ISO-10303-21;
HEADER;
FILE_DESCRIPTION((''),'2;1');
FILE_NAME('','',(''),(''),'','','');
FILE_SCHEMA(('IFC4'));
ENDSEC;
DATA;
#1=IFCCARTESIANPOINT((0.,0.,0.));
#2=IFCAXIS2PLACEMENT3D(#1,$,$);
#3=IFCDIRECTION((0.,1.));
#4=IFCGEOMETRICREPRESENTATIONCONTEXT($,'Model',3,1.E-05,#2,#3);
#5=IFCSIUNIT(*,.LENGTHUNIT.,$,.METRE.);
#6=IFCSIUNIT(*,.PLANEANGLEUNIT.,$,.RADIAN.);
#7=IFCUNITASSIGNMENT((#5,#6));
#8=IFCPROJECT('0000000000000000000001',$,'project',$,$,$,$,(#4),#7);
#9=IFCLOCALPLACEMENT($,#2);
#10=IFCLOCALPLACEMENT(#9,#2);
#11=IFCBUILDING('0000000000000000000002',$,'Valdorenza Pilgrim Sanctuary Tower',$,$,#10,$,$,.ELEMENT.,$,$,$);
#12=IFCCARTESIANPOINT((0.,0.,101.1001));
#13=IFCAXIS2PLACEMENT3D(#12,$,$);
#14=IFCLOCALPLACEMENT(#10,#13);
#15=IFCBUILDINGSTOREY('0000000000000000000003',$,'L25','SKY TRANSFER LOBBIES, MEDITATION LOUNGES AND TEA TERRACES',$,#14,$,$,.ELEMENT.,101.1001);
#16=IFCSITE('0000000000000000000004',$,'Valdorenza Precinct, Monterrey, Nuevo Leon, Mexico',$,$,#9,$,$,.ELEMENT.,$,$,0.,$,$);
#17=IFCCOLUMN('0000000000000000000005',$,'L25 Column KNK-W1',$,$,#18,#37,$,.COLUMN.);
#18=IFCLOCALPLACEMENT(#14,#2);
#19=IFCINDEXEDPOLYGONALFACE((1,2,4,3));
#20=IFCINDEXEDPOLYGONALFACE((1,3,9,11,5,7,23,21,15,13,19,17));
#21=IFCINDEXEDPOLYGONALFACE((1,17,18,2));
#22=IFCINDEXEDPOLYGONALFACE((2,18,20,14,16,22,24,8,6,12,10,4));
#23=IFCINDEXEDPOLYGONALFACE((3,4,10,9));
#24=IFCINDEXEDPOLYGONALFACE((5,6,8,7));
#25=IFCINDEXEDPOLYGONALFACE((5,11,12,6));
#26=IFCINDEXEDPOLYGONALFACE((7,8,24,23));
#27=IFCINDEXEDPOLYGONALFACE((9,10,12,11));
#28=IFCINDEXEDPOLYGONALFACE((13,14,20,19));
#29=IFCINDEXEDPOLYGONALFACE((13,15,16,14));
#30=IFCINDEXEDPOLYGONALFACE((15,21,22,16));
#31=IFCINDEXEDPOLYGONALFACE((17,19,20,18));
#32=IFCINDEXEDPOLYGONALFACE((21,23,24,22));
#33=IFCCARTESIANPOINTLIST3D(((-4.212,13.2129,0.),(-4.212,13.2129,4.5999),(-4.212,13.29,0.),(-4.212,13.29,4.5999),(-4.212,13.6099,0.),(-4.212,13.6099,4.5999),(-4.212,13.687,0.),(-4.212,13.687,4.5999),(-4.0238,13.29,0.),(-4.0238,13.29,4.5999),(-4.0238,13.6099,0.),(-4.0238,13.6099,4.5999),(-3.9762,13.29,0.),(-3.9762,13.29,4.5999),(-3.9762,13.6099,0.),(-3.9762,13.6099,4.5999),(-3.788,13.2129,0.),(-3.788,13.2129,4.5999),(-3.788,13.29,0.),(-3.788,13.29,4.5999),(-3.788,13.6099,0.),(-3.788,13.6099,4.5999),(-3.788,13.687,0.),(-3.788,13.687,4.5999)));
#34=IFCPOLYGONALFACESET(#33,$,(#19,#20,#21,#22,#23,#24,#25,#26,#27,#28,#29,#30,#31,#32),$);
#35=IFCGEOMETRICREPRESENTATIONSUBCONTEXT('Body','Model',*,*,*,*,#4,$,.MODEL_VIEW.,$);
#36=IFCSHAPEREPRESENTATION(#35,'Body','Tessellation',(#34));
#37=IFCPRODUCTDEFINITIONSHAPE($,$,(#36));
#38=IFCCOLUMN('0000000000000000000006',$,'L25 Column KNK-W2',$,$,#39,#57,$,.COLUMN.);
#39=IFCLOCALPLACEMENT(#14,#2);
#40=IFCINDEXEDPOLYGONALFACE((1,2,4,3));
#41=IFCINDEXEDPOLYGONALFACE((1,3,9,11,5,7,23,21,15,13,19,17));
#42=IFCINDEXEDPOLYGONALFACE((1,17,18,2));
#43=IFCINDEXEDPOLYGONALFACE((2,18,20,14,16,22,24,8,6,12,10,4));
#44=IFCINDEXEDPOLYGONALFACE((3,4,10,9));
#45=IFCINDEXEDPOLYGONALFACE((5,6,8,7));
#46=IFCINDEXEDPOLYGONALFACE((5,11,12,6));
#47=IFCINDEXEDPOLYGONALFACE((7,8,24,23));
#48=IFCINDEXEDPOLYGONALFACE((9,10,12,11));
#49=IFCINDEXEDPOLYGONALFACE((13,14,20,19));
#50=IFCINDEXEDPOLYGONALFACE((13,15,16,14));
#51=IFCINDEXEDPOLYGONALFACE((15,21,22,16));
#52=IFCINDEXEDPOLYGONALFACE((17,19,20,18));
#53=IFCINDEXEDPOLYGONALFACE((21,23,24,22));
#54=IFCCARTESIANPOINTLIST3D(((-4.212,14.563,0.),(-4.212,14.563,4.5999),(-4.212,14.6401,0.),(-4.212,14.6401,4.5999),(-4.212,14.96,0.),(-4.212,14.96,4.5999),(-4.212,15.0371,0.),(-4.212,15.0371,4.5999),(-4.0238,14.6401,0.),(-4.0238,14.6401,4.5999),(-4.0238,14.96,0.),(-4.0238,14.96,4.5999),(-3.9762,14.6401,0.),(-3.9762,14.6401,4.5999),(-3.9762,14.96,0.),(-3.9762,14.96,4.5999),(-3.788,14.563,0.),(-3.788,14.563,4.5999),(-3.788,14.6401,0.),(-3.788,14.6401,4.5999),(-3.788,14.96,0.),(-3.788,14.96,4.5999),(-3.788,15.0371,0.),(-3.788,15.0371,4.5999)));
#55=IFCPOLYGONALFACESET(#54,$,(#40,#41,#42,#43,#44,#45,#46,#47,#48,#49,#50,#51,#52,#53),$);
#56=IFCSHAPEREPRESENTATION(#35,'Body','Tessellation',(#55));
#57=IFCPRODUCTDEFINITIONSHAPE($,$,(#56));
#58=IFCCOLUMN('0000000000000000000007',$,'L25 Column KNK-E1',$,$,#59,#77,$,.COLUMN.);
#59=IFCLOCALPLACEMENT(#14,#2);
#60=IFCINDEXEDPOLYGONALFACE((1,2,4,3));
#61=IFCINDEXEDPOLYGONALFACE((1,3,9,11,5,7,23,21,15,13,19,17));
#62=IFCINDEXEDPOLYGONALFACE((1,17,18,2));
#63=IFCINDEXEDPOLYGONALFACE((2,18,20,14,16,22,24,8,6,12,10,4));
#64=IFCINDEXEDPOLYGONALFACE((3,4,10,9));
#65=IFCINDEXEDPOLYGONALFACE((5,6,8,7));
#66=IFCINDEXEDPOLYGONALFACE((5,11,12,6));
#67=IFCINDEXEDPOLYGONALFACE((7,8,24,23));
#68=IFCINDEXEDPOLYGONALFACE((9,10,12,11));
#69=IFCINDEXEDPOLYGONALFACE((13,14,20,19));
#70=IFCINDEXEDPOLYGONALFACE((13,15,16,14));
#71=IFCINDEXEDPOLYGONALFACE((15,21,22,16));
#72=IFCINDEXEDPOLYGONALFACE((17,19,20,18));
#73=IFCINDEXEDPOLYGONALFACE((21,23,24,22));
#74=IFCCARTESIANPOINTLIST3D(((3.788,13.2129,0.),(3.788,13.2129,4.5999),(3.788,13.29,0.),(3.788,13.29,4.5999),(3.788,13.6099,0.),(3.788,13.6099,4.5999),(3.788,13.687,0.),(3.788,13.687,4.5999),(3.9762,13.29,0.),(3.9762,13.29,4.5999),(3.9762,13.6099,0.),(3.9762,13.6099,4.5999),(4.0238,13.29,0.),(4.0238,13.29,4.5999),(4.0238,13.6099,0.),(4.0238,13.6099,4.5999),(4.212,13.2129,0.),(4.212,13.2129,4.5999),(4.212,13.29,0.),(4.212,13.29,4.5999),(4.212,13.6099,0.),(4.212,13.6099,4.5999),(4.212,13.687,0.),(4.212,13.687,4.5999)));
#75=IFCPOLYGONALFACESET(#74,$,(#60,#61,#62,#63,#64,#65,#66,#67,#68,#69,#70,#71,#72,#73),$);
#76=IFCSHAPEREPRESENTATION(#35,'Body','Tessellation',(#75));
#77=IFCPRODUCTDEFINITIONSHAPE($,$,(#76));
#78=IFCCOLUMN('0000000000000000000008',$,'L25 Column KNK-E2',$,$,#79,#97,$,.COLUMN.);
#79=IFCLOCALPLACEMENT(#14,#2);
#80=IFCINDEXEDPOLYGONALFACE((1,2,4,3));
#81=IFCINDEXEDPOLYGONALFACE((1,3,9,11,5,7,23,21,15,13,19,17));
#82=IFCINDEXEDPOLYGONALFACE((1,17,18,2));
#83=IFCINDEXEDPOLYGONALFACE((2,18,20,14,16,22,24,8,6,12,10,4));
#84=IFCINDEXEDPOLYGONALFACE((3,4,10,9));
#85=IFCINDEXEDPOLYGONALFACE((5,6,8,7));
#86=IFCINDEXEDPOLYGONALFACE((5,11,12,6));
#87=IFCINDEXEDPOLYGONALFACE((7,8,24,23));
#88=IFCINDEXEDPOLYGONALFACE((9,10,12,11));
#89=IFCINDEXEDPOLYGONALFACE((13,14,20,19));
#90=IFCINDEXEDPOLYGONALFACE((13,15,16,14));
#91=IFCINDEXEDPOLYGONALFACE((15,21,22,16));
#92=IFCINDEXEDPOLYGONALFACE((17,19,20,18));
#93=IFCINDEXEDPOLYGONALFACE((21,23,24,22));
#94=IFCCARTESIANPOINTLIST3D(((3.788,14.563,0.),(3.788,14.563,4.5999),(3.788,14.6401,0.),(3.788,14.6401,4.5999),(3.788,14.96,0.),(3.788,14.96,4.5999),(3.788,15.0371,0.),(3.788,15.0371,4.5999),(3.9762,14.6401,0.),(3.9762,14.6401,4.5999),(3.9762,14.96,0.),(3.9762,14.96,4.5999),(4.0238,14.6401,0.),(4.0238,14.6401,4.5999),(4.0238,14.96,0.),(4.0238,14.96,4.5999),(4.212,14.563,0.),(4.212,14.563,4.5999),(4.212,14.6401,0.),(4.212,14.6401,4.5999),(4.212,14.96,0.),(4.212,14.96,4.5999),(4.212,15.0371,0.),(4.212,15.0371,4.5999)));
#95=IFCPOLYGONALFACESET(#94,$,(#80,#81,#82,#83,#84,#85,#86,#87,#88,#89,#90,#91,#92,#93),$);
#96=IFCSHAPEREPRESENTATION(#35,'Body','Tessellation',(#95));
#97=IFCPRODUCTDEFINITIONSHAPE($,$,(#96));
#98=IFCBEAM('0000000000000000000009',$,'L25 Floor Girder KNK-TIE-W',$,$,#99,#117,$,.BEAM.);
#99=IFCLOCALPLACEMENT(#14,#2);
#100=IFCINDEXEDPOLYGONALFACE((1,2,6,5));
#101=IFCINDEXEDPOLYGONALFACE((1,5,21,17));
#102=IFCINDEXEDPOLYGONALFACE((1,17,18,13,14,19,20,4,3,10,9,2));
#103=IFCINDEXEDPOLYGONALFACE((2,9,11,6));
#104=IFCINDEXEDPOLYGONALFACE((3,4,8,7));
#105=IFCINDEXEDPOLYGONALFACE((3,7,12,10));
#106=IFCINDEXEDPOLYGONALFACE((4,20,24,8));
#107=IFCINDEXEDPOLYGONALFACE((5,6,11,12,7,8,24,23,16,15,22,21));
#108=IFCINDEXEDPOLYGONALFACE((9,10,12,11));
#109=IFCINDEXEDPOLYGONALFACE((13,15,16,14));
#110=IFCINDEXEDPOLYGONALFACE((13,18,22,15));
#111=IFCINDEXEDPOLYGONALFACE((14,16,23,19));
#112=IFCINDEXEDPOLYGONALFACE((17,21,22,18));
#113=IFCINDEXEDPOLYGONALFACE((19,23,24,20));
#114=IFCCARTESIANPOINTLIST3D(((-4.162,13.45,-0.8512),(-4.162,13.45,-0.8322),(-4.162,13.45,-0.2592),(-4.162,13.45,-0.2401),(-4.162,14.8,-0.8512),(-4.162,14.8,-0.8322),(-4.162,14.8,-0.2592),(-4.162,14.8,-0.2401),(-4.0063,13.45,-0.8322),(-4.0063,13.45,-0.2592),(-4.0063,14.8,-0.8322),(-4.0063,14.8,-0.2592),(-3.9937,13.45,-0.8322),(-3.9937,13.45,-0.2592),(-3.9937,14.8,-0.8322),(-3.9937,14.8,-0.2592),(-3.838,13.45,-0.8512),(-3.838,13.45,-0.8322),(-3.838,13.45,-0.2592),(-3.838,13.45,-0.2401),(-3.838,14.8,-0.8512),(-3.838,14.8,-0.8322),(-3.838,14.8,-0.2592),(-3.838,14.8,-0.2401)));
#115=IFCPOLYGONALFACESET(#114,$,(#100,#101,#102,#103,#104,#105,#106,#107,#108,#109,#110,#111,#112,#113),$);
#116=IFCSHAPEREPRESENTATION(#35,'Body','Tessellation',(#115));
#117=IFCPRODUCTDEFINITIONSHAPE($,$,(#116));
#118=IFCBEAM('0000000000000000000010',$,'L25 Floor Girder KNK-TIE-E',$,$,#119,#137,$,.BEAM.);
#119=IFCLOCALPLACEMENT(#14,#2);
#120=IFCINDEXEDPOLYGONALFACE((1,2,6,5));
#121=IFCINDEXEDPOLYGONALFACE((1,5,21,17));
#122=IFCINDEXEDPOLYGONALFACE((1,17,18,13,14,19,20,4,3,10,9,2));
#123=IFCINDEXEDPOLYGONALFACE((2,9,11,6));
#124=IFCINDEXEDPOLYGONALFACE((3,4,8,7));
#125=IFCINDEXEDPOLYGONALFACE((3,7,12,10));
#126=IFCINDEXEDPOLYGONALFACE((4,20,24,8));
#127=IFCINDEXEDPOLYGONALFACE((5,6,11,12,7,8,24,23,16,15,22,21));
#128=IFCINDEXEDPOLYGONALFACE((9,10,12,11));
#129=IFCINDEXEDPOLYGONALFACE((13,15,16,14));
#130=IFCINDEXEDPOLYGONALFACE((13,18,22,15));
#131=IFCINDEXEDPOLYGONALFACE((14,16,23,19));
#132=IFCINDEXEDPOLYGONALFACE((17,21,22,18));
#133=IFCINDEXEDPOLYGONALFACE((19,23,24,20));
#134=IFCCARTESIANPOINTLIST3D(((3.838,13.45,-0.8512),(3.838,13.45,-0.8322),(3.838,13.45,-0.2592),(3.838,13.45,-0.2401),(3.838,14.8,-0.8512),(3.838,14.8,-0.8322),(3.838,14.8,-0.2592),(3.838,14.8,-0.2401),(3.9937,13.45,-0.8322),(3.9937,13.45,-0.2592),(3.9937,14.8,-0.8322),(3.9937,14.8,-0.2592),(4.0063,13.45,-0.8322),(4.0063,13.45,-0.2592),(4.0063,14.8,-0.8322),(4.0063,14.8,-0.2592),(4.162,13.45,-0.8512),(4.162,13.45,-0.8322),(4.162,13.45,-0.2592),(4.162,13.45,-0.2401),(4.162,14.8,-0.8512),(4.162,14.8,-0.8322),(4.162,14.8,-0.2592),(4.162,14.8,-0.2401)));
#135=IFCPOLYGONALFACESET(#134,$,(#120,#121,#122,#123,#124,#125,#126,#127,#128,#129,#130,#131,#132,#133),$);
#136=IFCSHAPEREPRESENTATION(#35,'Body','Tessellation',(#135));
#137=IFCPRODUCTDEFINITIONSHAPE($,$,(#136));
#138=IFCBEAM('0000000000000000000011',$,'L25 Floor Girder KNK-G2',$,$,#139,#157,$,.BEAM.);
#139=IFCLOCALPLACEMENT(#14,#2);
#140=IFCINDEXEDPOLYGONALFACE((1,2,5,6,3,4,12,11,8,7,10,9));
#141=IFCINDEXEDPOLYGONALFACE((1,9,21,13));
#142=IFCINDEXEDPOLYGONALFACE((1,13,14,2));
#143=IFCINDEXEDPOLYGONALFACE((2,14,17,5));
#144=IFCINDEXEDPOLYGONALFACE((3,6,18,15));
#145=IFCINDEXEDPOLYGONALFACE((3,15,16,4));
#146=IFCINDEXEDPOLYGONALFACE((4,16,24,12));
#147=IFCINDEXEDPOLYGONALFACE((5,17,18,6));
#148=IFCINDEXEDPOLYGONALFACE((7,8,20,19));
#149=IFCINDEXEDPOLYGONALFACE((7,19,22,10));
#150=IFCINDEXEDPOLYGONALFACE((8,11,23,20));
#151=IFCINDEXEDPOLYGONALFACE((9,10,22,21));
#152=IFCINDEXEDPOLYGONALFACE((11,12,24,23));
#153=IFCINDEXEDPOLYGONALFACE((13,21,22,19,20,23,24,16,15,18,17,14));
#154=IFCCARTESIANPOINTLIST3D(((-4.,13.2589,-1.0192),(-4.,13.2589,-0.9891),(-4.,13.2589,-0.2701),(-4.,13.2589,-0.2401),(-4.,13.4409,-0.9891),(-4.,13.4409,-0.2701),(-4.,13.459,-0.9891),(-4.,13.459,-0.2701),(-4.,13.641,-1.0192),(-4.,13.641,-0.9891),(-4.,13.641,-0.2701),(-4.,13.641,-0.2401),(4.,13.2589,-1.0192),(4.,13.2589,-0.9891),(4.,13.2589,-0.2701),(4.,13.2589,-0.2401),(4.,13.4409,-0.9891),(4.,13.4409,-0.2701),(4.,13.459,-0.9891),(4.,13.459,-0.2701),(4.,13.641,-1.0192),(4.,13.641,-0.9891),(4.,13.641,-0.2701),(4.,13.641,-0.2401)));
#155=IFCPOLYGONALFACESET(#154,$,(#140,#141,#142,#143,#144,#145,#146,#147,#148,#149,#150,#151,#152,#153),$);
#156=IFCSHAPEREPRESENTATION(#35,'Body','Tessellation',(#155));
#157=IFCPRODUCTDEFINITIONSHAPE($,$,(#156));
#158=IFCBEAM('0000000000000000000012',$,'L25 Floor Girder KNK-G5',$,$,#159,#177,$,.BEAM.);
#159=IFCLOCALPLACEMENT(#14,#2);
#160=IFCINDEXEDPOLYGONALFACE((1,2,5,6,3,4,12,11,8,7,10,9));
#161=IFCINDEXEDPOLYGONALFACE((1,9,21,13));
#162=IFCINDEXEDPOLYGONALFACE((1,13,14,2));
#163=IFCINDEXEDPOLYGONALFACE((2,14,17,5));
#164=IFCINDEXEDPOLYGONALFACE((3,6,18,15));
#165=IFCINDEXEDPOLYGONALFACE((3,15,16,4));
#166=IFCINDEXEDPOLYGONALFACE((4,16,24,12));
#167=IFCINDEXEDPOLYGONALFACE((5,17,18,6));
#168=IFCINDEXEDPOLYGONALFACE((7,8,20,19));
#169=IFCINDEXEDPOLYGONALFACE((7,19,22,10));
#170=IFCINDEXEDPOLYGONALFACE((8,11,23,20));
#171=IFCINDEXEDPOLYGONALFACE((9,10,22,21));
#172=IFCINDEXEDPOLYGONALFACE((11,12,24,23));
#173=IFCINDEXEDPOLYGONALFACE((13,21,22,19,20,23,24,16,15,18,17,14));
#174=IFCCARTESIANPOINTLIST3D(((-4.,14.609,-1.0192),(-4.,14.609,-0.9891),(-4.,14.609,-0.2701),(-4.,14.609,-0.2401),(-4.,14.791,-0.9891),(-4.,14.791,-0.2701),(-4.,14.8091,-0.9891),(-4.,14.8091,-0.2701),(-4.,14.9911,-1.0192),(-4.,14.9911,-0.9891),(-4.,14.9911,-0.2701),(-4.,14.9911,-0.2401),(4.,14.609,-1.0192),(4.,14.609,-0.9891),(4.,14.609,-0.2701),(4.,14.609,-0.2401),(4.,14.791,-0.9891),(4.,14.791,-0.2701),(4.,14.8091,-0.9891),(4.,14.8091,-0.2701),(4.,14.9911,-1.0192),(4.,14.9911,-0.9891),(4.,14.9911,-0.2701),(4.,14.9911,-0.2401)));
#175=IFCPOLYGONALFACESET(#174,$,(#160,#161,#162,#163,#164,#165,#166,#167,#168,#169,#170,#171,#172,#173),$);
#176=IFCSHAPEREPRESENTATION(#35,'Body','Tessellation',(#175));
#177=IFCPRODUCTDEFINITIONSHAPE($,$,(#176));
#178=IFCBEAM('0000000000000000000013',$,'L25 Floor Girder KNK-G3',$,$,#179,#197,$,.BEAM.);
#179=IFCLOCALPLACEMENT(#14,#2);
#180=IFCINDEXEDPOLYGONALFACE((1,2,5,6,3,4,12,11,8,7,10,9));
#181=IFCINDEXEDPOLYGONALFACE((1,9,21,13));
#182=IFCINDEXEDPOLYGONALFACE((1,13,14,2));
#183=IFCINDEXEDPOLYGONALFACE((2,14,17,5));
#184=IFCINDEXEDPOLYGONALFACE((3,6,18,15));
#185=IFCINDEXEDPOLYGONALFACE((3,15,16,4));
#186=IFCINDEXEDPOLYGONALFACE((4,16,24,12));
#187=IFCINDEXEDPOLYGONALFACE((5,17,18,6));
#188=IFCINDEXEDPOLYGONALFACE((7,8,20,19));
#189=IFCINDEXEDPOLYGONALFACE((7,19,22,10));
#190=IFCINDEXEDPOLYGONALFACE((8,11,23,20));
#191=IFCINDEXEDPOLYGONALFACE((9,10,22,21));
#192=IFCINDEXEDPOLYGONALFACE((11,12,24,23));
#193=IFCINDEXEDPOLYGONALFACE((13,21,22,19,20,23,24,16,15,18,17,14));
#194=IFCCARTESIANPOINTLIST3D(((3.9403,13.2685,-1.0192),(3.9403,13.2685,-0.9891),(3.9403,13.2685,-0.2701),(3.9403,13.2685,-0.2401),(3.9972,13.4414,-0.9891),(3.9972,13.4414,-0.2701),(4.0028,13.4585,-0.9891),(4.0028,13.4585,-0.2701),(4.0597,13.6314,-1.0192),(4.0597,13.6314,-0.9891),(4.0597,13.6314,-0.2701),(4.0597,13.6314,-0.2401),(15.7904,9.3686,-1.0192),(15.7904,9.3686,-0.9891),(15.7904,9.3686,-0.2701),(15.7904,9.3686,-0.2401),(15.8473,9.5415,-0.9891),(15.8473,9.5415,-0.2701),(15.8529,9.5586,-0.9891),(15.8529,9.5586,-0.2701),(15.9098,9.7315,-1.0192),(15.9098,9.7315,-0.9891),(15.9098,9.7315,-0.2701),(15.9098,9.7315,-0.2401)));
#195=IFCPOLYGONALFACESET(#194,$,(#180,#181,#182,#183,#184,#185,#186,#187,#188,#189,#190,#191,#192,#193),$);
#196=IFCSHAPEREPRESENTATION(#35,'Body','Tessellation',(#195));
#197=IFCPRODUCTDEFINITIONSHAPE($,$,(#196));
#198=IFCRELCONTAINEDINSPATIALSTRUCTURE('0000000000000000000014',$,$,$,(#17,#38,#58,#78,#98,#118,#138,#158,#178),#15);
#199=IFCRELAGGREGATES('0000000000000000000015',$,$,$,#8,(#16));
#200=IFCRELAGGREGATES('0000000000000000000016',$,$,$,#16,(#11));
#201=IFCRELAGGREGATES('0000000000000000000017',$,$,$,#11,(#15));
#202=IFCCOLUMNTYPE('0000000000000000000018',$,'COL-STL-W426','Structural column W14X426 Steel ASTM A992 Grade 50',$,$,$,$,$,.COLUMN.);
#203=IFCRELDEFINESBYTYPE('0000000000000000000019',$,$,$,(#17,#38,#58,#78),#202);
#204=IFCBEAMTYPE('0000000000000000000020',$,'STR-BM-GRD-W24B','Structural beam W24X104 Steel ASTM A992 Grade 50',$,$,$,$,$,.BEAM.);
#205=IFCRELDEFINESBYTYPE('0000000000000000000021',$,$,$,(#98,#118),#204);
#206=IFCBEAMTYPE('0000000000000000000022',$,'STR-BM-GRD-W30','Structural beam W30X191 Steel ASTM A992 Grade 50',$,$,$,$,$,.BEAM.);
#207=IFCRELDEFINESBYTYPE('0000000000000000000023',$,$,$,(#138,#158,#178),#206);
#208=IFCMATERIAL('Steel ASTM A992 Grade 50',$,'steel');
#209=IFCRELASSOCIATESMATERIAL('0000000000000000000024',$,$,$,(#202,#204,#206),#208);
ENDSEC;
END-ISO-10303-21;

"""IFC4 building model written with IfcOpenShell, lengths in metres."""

from ifc_helpers import new_model, si_unit, direction, frame, origin, origin_2d, place, context, subcontext, project, spatial, i_section, extrude, source, transform, mapped, material, material_profile, profile_set, type_object, element, save


model = new_model("IFC4")

# Units and contexts
model_context = context("Model", 3, precision=1e-05, world=origin(), true_north=direction((0.0, 1.0)))
body_context = subcontext(model_context, "Body", "Model", "MODEL_VIEW")
ifc_project = project(units=[si_unit("LENGTHUNIT", "METRE"), si_unit("PLANEANGLEUNIT", "RADIAN")], contexts=[model_context])

# Site, building, storey
site_placement = place(None, origin())
site = spatial("IfcSite", under=ifc_project, at=site_placement, Name="Valdorenza Precinct, Monterrey, Nuevo Leon, Mexico", CompositionType="ELEMENT", RefElevation=0.0)
building_placement = place(site_placement, origin())
building = spatial("IfcBuilding", under=site, at=building_placement, Name="Valdorenza Pilgrim Sanctuary Tower", CompositionType="ELEMENT")
storey_placement = place(building_placement, frame((0.0, 0.0, 101.1001)))
storey = spatial("IfcBuildingStorey", under=building, at=storey_placement, Name="L25", Description="SKY TRANSFER LOBBIES, MEDITATION LOUNGES AND TEA TERRACES", CompositionType="ELEMENT", Elevation=101.1001)

# Columns
ifc_material_1 = material(Name="Steel ASTM A992 Grade 50", Category="steel")
ifc_material_profile_1 = material_profile(ifc_material_1, i_section(OverallWidth=0.4241, OverallDepth=0.4741, WebThickness=0.0476, FlangeThickness=0.0771, at=origin_2d()), Name="W14X426")
ifc_profile_set_1 = profile_set([ifc_material_profile_1], Name="Steel ASTM A992 Grade 50")
column_type = type_object("IfcColumnType", Name="COL-STL-W426", Description="Structural column W14X426 Steel ASTM A992 Grade 50", PredefinedType="COLUMN", material=ifc_profile_set_1)
shared_shape_1 = source(origin(), body_context, "Body", "SweptSolid", [
    extrude(i_section(OverallWidth=0.4241, OverallDepth=0.4741, WebThickness=0.0476, FlangeThickness=0.0771, at=origin_2d()), origin(), (0.0, 0.0, 1.0), 4.5999),
])
for number, where, z_axis, x_axis, name in (
    (1, (-4.0, 13.45, 0.0), (0.0, 0.0, 1.0), (1.0, 0.0, 0.0), "L25 Column KNK-W1"),
    (2, (-4.0, 14.8, 0.0), (0.0, 0.0, 1.0), (1.0, 0.0, 0.0), "L25 Column KNK-W2"),
    (3, (4.0, 13.45, 0.0), (0.0, 0.0, 1.0), (1.0, 0.0, 0.0), "L25 Column KNK-E1"),
    (4, (4.0, 14.8, 0.0), (0.0, 0.0, 1.0), (1.0, 0.0, 0.0), "L25 Column KNK-E2"),
):
    element("IfcColumn", number, at=place(storey_placement, frame(where, z_axis=z_axis, x_axis=x_axis)), inside=storey, type_object=column_type, Name=name, PredefinedType="COLUMN", context=body_context, shape_type="MappedRepresentation", body=[
        mapped(shared_shape_1, transform((0.0, 0.0, 0.0), x_axis=(1.0, 0.0, 0.0), y_axis=(0.0, 1.0, 0.0), z_axis=(0.0, 0.0, 1.0), scale=1.0)),
    ])

# Beams
ifc_material_profile_2 = material_profile(ifc_material_1, i_section(OverallWidth=0.324, OverallDepth=0.6111, WebThickness=0.0127, FlangeThickness=0.019, at=origin_2d()), Name="W24X104")
ifc_profile_set_2 = profile_set([ifc_material_profile_2], Name="Steel ASTM A992 Grade 50")
beam_type_1 = type_object("IfcBeamType", Name="STR-BM-GRD-W24B", Description="Structural beam W24X104 Steel ASTM A992 Grade 50", PredefinedType="BEAM", material=ifc_profile_set_2)
shared_shape_2 = source(origin(), body_context, "Body", "SweptSolid", [
    extrude(i_section(OverallWidth=0.324, OverallDepth=0.6111, WebThickness=0.0127, FlangeThickness=0.019, at=origin_2d()), origin(), (0.0, 0.0, 1.0), 1.3501),
])
for number, where, z_axis, x_axis, name in (
    (5, (-4.0, 13.45, -0.5457), (0.0, 1.0, 0.0), (-1.0, 0.0, 0.0), "L25 Floor Girder KNK-TIE-W"),
    (6, (4.0, 13.45, -0.5457), (0.0, 1.0, 0.0), (-1.0, 0.0, 0.0), "L25 Floor Girder KNK-TIE-E"),
):
    element("IfcBeam", number, at=place(storey_placement, frame(where, z_axis=z_axis, x_axis=x_axis)), inside=storey, type_object=beam_type_1, Name=name, PredefinedType="BEAM", context=body_context, shape_type="MappedRepresentation", body=[
        mapped(shared_shape_2, transform((0.0, 0.0, 0.0), x_axis=(1.0, 0.0, 0.0), y_axis=(0.0, 1.0, 0.0), z_axis=(0.0, 0.0, 1.0), scale=1.0)),
    ])
ifc_material_profile_3 = material_profile(ifc_material_1, i_section(OverallWidth=0.3821, OverallDepth=0.7791, WebThickness=0.0181, FlangeThickness=0.03, at=origin_2d()), Name="W30X191")
ifc_profile_set_3 = profile_set([ifc_material_profile_3], Name="Steel ASTM A992 Grade 50")
beam_type_2 = type_object("IfcBeamType", Name="STR-BM-GRD-W30", Description="Structural beam W30X191 Steel ASTM A992 Grade 50", PredefinedType="BEAM", material=ifc_profile_set_3)
shared_shape_3 = source(origin(), body_context, "Body", "SweptSolid", [
    extrude(i_section(OverallWidth=0.3821, OverallDepth=0.7791, WebThickness=0.0181, FlangeThickness=0.03, at=origin_2d()), origin(), (0.0, 0.0, 1.0), 8.0),
])
for number, where, z_axis, x_axis, name in (
    (7, (-4.0, 13.45, -0.6296), (1.0, 0.0, 0.0), (0.0, 1.0, 0.0), "L25 Floor Girder KNK-G2"),
    (8, (-4.0, 14.8, -0.6296), (1.0, 0.0, 0.0), (0.0, 1.0, 0.0), "L25 Floor Girder KNK-G5"),
):
    element("IfcBeam", number, at=place(storey_placement, frame(where, z_axis=z_axis, x_axis=x_axis)), inside=storey, type_object=beam_type_2, Name=name, PredefinedType="BEAM", context=body_context, shape_type="MappedRepresentation", body=[
        mapped(shared_shape_3, transform((0.0, 0.0, 0.0), x_axis=(1.0, 0.0, 0.0), y_axis=(0.0, 1.0, 0.0), z_axis=(0.0, 0.0, 1.0), scale=1.0)),
    ])
shared_shape_4 = source(origin(), body_context, "Body", "SweptSolid", [
    extrude(i_section(OverallWidth=0.3821, OverallDepth=0.7791, WebThickness=0.0181, FlangeThickness=0.03, at=origin_2d()), origin(), (0.0, 0.0, 1.0), 12.4753),
])
beam_1_placement = place(storey_placement, frame((4.0, 13.45, -0.6296), z_axis=(0.949882, -0.312609, 0.0), x_axis=(0.312609, 0.949882, 0.0)))
element("IfcBeam", 9, at=beam_1_placement, inside=storey, type_object=beam_type_2, Name="L25 Floor Girder KNK-G3", PredefinedType="BEAM", context=body_context, shape_type="MappedRepresentation", body=[
    mapped(shared_shape_4, transform((0.0, 0.0, 0.0), x_axis=(1.0, 0.0, 0.0), y_axis=(0.0, 1.0, 0.0), z_axis=(0.0, 0.0, 1.0), scale=1.0)),
])

save(model, "model.ifc")
